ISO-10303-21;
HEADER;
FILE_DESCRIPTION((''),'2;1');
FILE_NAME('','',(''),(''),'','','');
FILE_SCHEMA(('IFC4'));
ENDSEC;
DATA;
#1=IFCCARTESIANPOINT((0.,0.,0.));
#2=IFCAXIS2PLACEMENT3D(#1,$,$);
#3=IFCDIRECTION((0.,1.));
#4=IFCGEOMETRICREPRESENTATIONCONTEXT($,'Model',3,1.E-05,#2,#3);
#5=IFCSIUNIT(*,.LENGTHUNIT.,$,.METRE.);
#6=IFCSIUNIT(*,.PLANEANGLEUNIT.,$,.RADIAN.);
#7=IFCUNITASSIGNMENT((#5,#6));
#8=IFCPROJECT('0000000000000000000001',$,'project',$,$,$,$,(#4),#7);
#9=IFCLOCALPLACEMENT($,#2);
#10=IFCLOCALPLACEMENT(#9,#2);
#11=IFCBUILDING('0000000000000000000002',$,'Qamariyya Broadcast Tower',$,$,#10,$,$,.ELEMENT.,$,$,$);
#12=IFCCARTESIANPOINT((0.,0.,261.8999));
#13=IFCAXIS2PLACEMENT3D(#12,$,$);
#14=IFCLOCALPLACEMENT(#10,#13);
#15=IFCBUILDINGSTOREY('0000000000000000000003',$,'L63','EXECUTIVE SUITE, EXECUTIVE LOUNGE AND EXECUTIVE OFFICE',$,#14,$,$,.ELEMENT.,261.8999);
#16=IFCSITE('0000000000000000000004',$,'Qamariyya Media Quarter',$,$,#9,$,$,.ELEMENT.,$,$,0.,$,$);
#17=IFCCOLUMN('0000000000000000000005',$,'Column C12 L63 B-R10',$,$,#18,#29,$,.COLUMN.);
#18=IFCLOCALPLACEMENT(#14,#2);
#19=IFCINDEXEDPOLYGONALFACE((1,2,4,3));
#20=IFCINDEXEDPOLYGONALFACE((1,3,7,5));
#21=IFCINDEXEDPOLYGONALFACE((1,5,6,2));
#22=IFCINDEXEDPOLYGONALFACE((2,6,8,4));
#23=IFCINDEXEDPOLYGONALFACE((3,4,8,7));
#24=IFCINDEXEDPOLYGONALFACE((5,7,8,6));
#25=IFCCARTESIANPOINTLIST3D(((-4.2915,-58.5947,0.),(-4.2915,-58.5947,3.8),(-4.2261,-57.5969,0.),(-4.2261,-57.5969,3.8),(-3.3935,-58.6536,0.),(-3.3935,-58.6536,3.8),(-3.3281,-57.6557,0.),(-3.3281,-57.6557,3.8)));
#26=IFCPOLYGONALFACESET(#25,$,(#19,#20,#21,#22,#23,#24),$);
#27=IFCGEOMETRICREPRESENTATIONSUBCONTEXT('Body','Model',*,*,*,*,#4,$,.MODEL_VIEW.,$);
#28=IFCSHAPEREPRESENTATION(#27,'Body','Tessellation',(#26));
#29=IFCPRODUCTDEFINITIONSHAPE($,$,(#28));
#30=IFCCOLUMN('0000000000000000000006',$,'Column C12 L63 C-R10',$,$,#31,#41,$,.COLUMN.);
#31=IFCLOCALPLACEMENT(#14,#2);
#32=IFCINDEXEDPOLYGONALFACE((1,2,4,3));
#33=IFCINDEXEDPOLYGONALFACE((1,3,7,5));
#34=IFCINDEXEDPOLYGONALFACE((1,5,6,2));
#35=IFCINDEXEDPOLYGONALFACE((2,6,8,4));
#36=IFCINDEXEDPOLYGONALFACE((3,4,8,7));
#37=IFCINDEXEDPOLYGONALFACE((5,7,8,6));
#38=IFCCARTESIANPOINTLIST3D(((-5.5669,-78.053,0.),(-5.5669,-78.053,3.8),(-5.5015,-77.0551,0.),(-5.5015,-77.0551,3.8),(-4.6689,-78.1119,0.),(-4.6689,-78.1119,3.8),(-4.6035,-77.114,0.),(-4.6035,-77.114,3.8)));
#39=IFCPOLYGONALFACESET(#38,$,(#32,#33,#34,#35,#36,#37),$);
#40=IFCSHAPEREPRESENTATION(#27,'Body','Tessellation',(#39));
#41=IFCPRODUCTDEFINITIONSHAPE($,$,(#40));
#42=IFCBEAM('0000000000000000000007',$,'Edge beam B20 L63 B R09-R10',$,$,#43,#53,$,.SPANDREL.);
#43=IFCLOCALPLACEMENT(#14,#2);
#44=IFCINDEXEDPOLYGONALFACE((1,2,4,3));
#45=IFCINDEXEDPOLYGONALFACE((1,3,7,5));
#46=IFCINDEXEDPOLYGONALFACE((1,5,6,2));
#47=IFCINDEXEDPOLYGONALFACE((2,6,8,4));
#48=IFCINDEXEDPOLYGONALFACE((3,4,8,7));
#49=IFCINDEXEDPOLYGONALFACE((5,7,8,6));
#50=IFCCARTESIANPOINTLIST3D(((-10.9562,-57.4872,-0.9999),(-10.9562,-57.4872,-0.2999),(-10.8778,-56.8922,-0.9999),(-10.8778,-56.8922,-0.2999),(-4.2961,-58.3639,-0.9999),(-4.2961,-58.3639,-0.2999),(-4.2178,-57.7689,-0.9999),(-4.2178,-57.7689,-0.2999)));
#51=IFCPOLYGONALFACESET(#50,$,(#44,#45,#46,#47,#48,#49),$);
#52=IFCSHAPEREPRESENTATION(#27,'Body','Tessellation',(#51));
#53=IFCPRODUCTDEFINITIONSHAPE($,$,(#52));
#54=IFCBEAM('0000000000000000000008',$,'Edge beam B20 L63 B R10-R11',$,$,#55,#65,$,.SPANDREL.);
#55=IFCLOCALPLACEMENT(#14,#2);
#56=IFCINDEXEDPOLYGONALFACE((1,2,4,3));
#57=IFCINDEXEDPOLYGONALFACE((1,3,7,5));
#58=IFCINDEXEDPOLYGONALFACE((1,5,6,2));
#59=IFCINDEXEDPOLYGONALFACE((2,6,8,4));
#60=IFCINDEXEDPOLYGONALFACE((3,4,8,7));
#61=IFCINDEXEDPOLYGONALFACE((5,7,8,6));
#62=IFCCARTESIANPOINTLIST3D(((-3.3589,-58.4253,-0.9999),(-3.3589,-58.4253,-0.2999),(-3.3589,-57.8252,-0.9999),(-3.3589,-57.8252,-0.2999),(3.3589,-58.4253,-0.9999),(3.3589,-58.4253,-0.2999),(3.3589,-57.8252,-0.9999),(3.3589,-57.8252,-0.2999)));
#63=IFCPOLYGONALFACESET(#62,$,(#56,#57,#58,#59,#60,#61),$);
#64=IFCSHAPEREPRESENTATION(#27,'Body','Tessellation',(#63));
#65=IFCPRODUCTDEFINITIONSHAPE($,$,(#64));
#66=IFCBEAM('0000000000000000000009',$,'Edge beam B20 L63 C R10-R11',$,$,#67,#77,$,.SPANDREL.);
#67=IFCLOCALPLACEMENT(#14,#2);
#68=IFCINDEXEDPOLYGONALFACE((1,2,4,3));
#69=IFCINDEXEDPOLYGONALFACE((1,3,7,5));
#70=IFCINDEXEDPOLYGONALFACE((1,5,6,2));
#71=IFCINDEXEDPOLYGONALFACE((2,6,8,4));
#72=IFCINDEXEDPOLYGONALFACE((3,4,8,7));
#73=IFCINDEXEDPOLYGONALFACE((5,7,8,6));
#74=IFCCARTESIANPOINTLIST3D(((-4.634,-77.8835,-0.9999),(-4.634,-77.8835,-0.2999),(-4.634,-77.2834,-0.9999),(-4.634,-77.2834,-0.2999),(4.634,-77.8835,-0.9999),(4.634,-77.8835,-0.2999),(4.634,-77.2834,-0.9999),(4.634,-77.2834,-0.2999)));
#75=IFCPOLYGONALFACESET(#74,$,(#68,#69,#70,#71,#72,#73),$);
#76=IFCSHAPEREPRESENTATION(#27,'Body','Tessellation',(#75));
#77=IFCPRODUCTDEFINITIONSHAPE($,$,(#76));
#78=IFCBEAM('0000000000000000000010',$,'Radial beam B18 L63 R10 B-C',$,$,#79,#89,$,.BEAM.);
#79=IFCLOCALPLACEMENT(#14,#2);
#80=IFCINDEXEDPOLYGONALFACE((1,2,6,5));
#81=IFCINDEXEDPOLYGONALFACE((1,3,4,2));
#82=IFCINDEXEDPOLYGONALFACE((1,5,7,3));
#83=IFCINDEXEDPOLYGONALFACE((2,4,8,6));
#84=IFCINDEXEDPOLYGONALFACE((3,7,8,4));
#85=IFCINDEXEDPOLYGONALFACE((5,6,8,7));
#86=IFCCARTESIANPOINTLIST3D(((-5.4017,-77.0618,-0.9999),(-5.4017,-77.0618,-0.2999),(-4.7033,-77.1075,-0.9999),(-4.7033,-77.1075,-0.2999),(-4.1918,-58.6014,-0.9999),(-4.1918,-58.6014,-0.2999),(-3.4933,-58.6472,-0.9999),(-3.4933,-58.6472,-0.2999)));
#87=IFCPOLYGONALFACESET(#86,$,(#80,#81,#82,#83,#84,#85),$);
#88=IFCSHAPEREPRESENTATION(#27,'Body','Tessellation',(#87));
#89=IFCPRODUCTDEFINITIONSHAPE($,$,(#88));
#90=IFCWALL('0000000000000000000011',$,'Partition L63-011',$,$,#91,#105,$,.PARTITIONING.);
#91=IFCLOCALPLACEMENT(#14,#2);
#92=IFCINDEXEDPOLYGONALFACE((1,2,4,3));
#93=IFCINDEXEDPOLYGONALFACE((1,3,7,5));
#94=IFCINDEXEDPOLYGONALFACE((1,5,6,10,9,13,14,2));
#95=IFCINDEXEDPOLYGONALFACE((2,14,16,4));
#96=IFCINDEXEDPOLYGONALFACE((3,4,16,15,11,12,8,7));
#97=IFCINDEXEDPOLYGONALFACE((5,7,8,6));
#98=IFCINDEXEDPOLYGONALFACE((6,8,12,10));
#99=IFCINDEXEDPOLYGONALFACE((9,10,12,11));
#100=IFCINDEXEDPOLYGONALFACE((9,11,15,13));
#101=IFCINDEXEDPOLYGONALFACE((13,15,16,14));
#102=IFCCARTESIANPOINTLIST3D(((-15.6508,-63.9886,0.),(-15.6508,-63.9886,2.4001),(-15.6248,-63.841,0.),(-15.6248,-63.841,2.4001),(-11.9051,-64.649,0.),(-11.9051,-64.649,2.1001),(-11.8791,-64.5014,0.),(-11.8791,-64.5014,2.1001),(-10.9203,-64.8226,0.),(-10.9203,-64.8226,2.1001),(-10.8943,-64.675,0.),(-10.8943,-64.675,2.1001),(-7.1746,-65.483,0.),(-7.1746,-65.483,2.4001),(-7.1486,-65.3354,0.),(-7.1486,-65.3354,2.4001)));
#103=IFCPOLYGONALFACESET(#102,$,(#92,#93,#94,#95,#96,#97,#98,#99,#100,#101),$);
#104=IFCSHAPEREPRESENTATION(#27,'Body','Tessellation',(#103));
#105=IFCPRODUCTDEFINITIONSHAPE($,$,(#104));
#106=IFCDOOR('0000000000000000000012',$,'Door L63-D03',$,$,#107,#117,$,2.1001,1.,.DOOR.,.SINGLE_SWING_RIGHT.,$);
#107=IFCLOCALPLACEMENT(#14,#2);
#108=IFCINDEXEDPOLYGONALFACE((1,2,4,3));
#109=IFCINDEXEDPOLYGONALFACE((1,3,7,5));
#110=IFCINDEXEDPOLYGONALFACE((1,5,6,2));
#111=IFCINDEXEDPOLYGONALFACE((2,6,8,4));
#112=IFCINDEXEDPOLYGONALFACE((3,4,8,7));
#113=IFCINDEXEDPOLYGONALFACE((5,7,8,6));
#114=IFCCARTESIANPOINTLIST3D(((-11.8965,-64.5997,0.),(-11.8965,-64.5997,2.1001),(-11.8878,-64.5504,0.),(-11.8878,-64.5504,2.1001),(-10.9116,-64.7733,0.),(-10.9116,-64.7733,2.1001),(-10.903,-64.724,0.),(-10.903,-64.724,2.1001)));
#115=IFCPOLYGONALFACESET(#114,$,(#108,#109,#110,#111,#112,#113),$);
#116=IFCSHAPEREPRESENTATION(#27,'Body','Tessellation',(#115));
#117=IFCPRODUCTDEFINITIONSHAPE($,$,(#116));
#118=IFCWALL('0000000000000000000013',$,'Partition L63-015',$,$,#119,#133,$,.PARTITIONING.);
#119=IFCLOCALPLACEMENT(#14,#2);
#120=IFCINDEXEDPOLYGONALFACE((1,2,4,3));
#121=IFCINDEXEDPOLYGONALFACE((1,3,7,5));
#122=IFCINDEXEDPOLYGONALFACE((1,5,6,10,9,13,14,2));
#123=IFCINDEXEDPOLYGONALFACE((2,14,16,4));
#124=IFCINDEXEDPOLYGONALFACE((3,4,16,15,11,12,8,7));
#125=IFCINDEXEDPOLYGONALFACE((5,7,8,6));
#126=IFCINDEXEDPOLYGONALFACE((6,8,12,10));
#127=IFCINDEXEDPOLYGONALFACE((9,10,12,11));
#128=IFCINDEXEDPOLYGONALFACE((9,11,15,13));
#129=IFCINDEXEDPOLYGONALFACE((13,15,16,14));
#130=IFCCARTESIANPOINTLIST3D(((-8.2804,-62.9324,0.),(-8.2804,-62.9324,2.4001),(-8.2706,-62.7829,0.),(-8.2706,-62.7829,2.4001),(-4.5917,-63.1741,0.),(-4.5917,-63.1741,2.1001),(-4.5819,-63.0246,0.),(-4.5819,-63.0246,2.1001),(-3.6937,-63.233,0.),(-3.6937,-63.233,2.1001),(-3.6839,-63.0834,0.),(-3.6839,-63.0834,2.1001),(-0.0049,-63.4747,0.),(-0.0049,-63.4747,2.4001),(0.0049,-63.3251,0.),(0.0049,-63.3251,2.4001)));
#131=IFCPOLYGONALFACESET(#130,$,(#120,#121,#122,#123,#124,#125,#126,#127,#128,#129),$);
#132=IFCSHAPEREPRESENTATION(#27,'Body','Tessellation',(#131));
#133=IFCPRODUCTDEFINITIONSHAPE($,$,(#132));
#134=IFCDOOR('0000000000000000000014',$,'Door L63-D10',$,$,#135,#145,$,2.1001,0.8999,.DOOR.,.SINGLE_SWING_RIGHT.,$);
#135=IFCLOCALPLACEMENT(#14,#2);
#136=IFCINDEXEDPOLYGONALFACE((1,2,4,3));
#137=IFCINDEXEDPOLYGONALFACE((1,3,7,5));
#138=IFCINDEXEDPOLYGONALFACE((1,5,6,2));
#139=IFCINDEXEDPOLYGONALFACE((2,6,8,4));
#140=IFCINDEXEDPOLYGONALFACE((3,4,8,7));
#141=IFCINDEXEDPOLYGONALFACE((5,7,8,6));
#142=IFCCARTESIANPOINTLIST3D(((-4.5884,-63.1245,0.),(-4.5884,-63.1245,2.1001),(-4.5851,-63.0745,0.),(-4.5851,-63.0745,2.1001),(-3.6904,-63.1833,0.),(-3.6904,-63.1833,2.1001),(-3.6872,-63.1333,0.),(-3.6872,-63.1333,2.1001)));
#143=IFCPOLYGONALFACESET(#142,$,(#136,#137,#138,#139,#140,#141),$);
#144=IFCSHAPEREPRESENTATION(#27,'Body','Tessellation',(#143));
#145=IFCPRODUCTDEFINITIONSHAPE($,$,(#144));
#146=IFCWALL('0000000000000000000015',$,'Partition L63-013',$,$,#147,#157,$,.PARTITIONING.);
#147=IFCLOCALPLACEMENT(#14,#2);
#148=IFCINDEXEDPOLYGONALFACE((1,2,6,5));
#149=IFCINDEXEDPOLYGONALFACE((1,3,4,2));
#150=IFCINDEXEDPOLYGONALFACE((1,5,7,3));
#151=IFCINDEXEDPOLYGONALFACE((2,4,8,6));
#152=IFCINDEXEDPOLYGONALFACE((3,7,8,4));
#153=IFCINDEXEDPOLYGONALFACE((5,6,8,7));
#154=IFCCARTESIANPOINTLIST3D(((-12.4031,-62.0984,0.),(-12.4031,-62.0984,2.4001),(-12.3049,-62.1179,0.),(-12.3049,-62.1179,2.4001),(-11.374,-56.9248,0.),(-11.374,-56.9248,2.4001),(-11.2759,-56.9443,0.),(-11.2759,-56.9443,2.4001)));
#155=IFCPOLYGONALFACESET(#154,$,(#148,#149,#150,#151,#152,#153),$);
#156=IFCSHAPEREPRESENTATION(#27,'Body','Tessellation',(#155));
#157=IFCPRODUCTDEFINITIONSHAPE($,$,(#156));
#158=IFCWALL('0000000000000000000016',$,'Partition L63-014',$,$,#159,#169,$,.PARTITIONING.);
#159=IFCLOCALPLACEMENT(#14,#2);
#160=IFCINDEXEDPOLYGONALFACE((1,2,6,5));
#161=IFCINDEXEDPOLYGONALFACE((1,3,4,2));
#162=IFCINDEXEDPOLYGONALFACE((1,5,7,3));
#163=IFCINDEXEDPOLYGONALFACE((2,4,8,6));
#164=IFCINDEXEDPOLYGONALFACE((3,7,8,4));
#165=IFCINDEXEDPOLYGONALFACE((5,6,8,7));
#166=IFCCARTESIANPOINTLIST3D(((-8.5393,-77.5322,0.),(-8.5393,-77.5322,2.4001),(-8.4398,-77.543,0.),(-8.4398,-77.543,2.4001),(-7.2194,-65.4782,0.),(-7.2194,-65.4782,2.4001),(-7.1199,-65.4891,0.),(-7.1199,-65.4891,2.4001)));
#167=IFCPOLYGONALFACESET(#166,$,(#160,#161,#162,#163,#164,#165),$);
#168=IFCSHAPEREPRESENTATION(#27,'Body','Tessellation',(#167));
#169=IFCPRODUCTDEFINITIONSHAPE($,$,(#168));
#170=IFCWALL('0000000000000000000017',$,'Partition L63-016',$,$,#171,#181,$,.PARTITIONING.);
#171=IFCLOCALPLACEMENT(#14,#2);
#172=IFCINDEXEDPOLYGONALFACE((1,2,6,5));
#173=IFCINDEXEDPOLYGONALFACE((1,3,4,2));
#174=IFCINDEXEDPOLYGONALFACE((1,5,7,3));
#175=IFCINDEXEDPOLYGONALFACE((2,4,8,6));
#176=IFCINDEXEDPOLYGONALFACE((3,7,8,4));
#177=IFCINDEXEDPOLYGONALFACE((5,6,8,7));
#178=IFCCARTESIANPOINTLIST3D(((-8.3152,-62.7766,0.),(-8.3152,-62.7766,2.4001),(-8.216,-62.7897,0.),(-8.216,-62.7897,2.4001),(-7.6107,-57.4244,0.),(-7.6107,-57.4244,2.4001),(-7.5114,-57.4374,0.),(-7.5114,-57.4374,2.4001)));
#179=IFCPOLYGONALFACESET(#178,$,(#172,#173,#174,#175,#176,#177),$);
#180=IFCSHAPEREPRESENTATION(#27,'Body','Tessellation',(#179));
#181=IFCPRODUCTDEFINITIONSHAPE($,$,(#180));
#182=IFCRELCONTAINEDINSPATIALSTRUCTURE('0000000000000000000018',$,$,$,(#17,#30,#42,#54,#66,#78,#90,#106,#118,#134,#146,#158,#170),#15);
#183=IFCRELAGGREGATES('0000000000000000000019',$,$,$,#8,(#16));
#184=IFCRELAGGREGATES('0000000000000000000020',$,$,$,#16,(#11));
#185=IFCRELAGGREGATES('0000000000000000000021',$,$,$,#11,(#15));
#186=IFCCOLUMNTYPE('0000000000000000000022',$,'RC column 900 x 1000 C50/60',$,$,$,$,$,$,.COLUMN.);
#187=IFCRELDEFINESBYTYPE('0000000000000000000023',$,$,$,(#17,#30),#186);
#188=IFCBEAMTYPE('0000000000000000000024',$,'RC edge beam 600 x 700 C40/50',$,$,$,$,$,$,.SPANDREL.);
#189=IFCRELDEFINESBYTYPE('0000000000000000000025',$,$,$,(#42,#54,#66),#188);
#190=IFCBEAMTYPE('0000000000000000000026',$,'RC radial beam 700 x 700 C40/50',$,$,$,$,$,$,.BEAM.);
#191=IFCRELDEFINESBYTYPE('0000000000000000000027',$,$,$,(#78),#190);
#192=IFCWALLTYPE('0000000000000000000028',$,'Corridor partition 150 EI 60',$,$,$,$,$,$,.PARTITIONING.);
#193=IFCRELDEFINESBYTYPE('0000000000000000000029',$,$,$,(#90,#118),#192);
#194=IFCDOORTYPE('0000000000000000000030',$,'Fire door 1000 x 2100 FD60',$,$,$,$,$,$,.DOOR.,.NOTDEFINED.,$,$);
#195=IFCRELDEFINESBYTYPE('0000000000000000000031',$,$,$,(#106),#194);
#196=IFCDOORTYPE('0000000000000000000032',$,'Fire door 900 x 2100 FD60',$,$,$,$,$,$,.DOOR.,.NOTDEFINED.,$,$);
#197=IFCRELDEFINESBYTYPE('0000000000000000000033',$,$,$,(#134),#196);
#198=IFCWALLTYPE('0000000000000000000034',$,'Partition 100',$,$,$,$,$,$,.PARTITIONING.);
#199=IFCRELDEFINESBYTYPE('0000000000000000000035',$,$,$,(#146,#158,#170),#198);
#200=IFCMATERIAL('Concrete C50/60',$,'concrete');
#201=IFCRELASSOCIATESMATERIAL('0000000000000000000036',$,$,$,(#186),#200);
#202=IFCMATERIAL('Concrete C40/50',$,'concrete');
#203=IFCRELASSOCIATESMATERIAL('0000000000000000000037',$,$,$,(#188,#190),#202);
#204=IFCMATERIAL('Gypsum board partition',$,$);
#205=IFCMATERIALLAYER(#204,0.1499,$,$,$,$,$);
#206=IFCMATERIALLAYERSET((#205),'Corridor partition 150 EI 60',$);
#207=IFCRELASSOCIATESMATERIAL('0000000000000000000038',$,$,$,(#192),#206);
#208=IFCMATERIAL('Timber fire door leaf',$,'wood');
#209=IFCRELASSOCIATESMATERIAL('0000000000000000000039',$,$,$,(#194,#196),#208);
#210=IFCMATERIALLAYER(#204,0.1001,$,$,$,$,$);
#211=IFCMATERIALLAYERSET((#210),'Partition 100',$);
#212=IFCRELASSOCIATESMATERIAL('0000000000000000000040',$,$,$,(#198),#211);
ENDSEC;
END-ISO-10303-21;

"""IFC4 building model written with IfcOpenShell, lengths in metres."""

from ifc_helpers import new_model, si_unit, direction, frame, frame_2d, origin, origin_2d, place, context, subcontext, project, spatial, rectangle, extrude, material, layer, layer_set, material_profile, profile_set, type_object, element, fill, save


model = new_model("IFC4")

# Units and contexts
model_context = context("Model", 3, precision=1e-05, world=origin(), true_north=direction((0.0, 1.0)))
body_context = subcontext(model_context, "Body", "Model", "MODEL_VIEW")
ifc_project = project(units=[si_unit("LENGTHUNIT", "METRE"), si_unit("PLANEANGLEUNIT", "RADIAN")], contexts=[model_context])

# Site, building, storey
site_placement = place(None, origin())
site = spatial("IfcSite", under=ifc_project, at=site_placement, Name="Qamariyya Media Quarter", CompositionType="ELEMENT", RefElevation=0.0)
building_placement = place(site_placement, origin())
building = spatial("IfcBuilding", under=site, at=building_placement, Name="Qamariyya Broadcast Tower", CompositionType="ELEMENT")
storey_placement = place(building_placement, frame((0.0, 0.0, 261.8999)))
storey = spatial("IfcBuildingStorey", under=building, at=storey_placement, Name="L63", Description="EXECUTIVE SUITE, EXECUTIVE LOUNGE AND EXECUTIVE OFFICE", CompositionType="ELEMENT", Elevation=261.8999)

# Columns
ifc_material_1 = material(Name="Concrete C50/60", Category="concrete")
ifc_material_profile_1 = material_profile(ifc_material_1, rectangle(XDim=0.8999, YDim=1.0, at=origin_2d()))
ifc_profile_set_1 = profile_set([ifc_material_profile_1], Name="Concrete C50/60")
column_type = type_object("IfcColumnType", Name="RC column 900 x 1000 C50/60", PredefinedType="COLUMN", material=ifc_profile_set_1)
for number, where, z_axis, x_axis, name in (
    (1, (-3.8098, -58.1252, 0.0), (0.0, 0.0, 1.0), (0.997859, -0.065403, 0.0), "Column C12 L63 B-R10"),
    (2, (-5.0852, -77.5835, 0.0), (0.0, 0.0, 1.0), (0.997859, -0.065403, 0.0), "Column C12 L63 C-R10"),
):
    element("IfcColumn", number, at=place(storey_placement, frame(where, z_axis=z_axis, x_axis=x_axis)), inside=storey, type_object=column_type, Name=name, PredefinedType="COLUMN", context=body_context, shape_type="SweptSolid", body=[
        extrude(rectangle(XDim=0.8999, YDim=1.0, at=origin_2d()), origin(), (0.0, 0.0, 1.0), 3.8),
    ])

# Beams
ifc_material_2 = material(Name="Concrete C40/50", Category="concrete")
ifc_material_profile_2 = material_profile(ifc_material_2, rectangle(XDim=0.6001, YDim=0.7, at=origin_2d()))
ifc_profile_set_2 = profile_set([ifc_material_profile_2], Name="Concrete C40/50")
beam_type_1 = type_object("IfcBeamType", Name="RC edge beam 600 x 700 C40/50", PredefinedType="SPANDREL", material=ifc_profile_set_2)
beam_1_placement = place(storey_placement, frame((-10.917, -57.1897, -0.6499), z_axis=(0.991447, -0.130509, 0.0), x_axis=(0.130509, 0.991447, 0.0)))
element("IfcBeam", 3, at=beam_1_placement, inside=storey, type_object=beam_type_1, Name="Edge beam B20 L63 B R09-R10", PredefinedType="SPANDREL", context=body_context, shape_type="SweptSolid", body=[
    extrude(rectangle(XDim=0.6001, YDim=0.7, at=origin_2d()), origin(), (0.0, 0.0, 1.0), 6.7175),
])
beam_2_placement = place(storey_placement, frame((-3.3589, -58.1252, -0.6499), z_axis=(1.0, 0.0, 0.0), x_axis=(0.0, 1.0, 0.0)))
element("IfcBeam", 4, at=beam_2_placement, inside=storey, type_object=beam_type_1, Name="Edge beam B20 L63 B R10-R11", PredefinedType="SPANDREL", context=body_context, shape_type="SweptSolid", body=[
    extrude(rectangle(XDim=0.6001, YDim=0.7, at=origin_2d()), origin(), (0.0, 0.0, 1.0), 6.7178),
])
beam_3_placement = place(storey_placement, frame((-4.634, -77.5835, -0.6499), z_axis=(1.0, 0.0, 0.0), x_axis=(0.0, 1.0, 0.0)))
element("IfcBeam", 5, at=beam_3_placement, inside=storey, type_object=beam_type_1, Name="Edge beam B20 L63 C R10-R11", PredefinedType="SPANDREL", context=body_context, shape_type="SweptSolid", body=[
    extrude(rectangle(XDim=0.6001, YDim=0.7, at=origin_2d()), origin(), (0.0, 0.0, 1.0), 9.2681),
])
ifc_material_profile_3 = material_profile(ifc_material_2, rectangle(XDim=0.7, YDim=0.7, at=origin_2d()))
ifc_profile_set_3 = profile_set([ifc_material_profile_3], Name="Concrete C40/50")
beam_type_2 = type_object("IfcBeamType", Name="RC radial beam 700 x 700 C40/50", PredefinedType="BEAM", material=ifc_profile_set_3)
beam_4_placement = place(storey_placement, frame((-3.8425, -58.6243, -0.6499), z_axis=(-0.065403, -0.997859, 0.0), x_axis=(0.997859, -0.065403, 0.0)))
element("IfcBeam", 6, at=beam_4_placement, inside=storey, type_object=beam_type_2, Name="Radial beam B18 L63 R10 B-C", PredefinedType="BEAM", context=body_context, shape_type="SweptSolid", body=[
    extrude(rectangle(XDim=0.7, YDim=0.7, at=origin_2d()), origin(), (0.0, 0.0, 1.0), 18.5),
])

# Walls, openings, doors
ifc_material_3 = material(Name="Gypsum board partition")
ifc_layer_1 = layer(ifc_material_3, 0.1499)
ifc_layer_set_1 = layer_set([ifc_layer_1], Name="Corridor partition 150 EI 60")
wall_type_1 = type_object("IfcWallType", Name="Corridor partition 150 EI 60", PredefinedType="PARTITIONING", material=ifc_layer_set_1)
wall_1_placement = place(storey_placement, frame((-7.1616, -65.4092, 0.0), z_axis=(0.0, 0.0, 1.0), x_axis=(-0.984812, 0.173624, 0.0)))
wall_1 = element("IfcWall", 7, at=wall_1_placement, inside=storey, type_object=wall_type_1, Name="Partition L63-011", PredefinedType="PARTITIONING", context=body_context, shape_type="SweptSolid", body=[
    extrude(rectangle(XDim=8.6069, YDim=0.1499, at=frame_2d((4.3035, 0.0))), origin(), (0.0, 0.0, 1.0), 2.4001),
])
opening_1_placement = place(wall_1_placement, frame((3.8035, 0.0, 0.0)))
opening_1 = element("IfcOpeningElement", 8, at=opening_1_placement, cuts=wall_1, PredefinedType="OPENING", context=body_context, shape_type="SweptSolid", body=[
    extrude(rectangle(XDim=1.0, YDim=2.1001, at=frame_2d((0.5, 1.05))), frame((0.0, 0.085, 0.0), z_axis=(0.0, -1.0, 0.0), x_axis=(1.0, 0.0, 0.0)), (0.0, 0.0, 1.0), 0.1699),
])
ifc_material_4 = material(Name="Timber fire door leaf", Category="wood")
door_type_1 = type_object("IfcDoorType", Name="Fire door 1000 x 2100 FD60", OperationType="NOTDEFINED", PredefinedType="DOOR", material=ifc_material_4)
door_1_placement = place(opening_1_placement, origin())
door_1 = element("IfcDoor", 9, at=door_1_placement, inside=storey, type_object=door_type_1, Name="Door L63-D03", OperationType="SINGLE_SWING_RIGHT", OverallHeight=2.1001, OverallWidth=1.0, PredefinedType="DOOR", context=body_context, shape_type="SweptSolid", body=[
    extrude(rectangle(XDim=1.0, YDim=2.1001, at=frame_2d((0.5, 1.05))), frame((0.0, 0.0249, 0.0), z_axis=(0.0, -1.0, 0.0), x_axis=(1.0, 0.0, 0.0)), (0.0, 0.0, 1.0), 0.05),
])
fill(opening_1, door_1)
wall_2_placement = place(storey_placement, frame((-8.2754, -62.8577, 0.0), z_axis=(0.0, 0.0, 1.0), x_axis=(0.99786, -0.065384, 0.0)))
wall_2 = element("IfcWall", 10, at=wall_2_placement, inside=storey, type_object=wall_type_1, Name="Partition L63-015", PredefinedType="PARTITIONING", context=body_context, shape_type="SweptSolid", body=[
    extrude(rectangle(XDim=8.2932, YDim=0.1499, at=frame_2d((4.1465, 0.0))), origin(), (0.0, 0.0, 1.0), 2.4001),
])
opening_2_placement = place(wall_2_placement, frame((3.6965, 0.0, 0.0)))
opening_2 = element("IfcOpeningElement", 11, at=opening_2_placement, cuts=wall_2, PredefinedType="OPENING", context=body_context, shape_type="SweptSolid", body=[
    extrude(rectangle(XDim=0.8999, YDim=2.1001, at=frame_2d((0.45, 1.05))), frame((0.0, 0.085, 0.0), z_axis=(0.0, -1.0, 0.0), x_axis=(1.0, 0.0, 0.0)), (0.0, 0.0, 1.0), 0.1699),
])
door_type_2 = type_object("IfcDoorType", Name="Fire door 900 x 2100 FD60", OperationType="NOTDEFINED", PredefinedType="DOOR", material=ifc_material_4)
door_2_placement = place(opening_2_placement, origin())
door_2 = element("IfcDoor", 12, at=door_2_placement, inside=storey, type_object=door_type_2, Name="Door L63-D10", OperationType="SINGLE_SWING_RIGHT", OverallHeight=2.1001, OverallWidth=0.8999, PredefinedType="DOOR", context=body_context, shape_type="SweptSolid", body=[
    extrude(rectangle(XDim=0.8999, YDim=2.1001, at=frame_2d((0.45, 1.05))), frame((0.0, 0.0249, 0.0), z_axis=(0.0, -1.0, 0.0), x_axis=(1.0, 0.0, 0.0)), (0.0, 0.0, 1.0), 0.05),
])
fill(opening_2, door_2)

# Walls
ifc_layer_2 = layer(ifc_material_3, 0.1001)
ifc_layer_set_2 = layer_set([ifc_layer_2], Name="Partition 100")
wall_type_2 = type_object("IfcWallType", Name="Partition 100", PredefinedType="PARTITIONING", material=ifc_layer_set_2)
wall_3_placement = place(storey_placement, frame((-11.325, -56.9346, 0.0), z_axis=(0.0, 0.0, 1.0), x_axis=(-0.195084, -0.980787, 0.0)))
element("IfcWall", 13, at=wall_3_placement, inside=storey, type_object=wall_type_2, Name="Partition L63-013", PredefinedType="PARTITIONING", context=body_context, shape_type="SweptSolid", body=[
    extrude(rectangle(XDim=5.2749, YDim=0.1001, at=frame_2d((2.6375, 0.0))), origin(), (0.0, 0.0, 1.0), 2.4001),
])
wall_4_placement = place(storey_placement, frame((-8.4895, -77.5376, 0.0), z_axis=(0.0, 0.0, 1.0), x_axis=(0.108843, 0.994059, 0.0)))
element("IfcWall", 14, at=wall_4_placement, inside=storey, type_object=wall_type_2, Name="Partition L63-014", PredefinedType="PARTITIONING", context=body_context, shape_type="SweptSolid", body=[
    extrude(rectangle(XDim=12.126, YDim=0.1001, at=frame_2d((6.063, 0.0))), origin(), (0.0, 0.0, 1.0), 2.4001),
])
wall_5_placement = place(storey_placement, frame((-7.561, -57.4309, 0.0), z_axis=(0.0, 0.0, 1.0), x_axis=(-0.130517, -0.991446, 0.0)))
element("IfcWall", 15, at=wall_5_placement, inside=storey, type_object=wall_type_2, Name="Partition L63-016", PredefinedType="PARTITIONING", context=body_context, shape_type="SweptSolid", body=[
    extrude(rectangle(XDim=5.3984, YDim=0.1001, at=frame_2d((2.6992, 0.0))), origin(), (0.0, 0.0, 1.0), 2.4001),
])

save(model, "model.ifc")
